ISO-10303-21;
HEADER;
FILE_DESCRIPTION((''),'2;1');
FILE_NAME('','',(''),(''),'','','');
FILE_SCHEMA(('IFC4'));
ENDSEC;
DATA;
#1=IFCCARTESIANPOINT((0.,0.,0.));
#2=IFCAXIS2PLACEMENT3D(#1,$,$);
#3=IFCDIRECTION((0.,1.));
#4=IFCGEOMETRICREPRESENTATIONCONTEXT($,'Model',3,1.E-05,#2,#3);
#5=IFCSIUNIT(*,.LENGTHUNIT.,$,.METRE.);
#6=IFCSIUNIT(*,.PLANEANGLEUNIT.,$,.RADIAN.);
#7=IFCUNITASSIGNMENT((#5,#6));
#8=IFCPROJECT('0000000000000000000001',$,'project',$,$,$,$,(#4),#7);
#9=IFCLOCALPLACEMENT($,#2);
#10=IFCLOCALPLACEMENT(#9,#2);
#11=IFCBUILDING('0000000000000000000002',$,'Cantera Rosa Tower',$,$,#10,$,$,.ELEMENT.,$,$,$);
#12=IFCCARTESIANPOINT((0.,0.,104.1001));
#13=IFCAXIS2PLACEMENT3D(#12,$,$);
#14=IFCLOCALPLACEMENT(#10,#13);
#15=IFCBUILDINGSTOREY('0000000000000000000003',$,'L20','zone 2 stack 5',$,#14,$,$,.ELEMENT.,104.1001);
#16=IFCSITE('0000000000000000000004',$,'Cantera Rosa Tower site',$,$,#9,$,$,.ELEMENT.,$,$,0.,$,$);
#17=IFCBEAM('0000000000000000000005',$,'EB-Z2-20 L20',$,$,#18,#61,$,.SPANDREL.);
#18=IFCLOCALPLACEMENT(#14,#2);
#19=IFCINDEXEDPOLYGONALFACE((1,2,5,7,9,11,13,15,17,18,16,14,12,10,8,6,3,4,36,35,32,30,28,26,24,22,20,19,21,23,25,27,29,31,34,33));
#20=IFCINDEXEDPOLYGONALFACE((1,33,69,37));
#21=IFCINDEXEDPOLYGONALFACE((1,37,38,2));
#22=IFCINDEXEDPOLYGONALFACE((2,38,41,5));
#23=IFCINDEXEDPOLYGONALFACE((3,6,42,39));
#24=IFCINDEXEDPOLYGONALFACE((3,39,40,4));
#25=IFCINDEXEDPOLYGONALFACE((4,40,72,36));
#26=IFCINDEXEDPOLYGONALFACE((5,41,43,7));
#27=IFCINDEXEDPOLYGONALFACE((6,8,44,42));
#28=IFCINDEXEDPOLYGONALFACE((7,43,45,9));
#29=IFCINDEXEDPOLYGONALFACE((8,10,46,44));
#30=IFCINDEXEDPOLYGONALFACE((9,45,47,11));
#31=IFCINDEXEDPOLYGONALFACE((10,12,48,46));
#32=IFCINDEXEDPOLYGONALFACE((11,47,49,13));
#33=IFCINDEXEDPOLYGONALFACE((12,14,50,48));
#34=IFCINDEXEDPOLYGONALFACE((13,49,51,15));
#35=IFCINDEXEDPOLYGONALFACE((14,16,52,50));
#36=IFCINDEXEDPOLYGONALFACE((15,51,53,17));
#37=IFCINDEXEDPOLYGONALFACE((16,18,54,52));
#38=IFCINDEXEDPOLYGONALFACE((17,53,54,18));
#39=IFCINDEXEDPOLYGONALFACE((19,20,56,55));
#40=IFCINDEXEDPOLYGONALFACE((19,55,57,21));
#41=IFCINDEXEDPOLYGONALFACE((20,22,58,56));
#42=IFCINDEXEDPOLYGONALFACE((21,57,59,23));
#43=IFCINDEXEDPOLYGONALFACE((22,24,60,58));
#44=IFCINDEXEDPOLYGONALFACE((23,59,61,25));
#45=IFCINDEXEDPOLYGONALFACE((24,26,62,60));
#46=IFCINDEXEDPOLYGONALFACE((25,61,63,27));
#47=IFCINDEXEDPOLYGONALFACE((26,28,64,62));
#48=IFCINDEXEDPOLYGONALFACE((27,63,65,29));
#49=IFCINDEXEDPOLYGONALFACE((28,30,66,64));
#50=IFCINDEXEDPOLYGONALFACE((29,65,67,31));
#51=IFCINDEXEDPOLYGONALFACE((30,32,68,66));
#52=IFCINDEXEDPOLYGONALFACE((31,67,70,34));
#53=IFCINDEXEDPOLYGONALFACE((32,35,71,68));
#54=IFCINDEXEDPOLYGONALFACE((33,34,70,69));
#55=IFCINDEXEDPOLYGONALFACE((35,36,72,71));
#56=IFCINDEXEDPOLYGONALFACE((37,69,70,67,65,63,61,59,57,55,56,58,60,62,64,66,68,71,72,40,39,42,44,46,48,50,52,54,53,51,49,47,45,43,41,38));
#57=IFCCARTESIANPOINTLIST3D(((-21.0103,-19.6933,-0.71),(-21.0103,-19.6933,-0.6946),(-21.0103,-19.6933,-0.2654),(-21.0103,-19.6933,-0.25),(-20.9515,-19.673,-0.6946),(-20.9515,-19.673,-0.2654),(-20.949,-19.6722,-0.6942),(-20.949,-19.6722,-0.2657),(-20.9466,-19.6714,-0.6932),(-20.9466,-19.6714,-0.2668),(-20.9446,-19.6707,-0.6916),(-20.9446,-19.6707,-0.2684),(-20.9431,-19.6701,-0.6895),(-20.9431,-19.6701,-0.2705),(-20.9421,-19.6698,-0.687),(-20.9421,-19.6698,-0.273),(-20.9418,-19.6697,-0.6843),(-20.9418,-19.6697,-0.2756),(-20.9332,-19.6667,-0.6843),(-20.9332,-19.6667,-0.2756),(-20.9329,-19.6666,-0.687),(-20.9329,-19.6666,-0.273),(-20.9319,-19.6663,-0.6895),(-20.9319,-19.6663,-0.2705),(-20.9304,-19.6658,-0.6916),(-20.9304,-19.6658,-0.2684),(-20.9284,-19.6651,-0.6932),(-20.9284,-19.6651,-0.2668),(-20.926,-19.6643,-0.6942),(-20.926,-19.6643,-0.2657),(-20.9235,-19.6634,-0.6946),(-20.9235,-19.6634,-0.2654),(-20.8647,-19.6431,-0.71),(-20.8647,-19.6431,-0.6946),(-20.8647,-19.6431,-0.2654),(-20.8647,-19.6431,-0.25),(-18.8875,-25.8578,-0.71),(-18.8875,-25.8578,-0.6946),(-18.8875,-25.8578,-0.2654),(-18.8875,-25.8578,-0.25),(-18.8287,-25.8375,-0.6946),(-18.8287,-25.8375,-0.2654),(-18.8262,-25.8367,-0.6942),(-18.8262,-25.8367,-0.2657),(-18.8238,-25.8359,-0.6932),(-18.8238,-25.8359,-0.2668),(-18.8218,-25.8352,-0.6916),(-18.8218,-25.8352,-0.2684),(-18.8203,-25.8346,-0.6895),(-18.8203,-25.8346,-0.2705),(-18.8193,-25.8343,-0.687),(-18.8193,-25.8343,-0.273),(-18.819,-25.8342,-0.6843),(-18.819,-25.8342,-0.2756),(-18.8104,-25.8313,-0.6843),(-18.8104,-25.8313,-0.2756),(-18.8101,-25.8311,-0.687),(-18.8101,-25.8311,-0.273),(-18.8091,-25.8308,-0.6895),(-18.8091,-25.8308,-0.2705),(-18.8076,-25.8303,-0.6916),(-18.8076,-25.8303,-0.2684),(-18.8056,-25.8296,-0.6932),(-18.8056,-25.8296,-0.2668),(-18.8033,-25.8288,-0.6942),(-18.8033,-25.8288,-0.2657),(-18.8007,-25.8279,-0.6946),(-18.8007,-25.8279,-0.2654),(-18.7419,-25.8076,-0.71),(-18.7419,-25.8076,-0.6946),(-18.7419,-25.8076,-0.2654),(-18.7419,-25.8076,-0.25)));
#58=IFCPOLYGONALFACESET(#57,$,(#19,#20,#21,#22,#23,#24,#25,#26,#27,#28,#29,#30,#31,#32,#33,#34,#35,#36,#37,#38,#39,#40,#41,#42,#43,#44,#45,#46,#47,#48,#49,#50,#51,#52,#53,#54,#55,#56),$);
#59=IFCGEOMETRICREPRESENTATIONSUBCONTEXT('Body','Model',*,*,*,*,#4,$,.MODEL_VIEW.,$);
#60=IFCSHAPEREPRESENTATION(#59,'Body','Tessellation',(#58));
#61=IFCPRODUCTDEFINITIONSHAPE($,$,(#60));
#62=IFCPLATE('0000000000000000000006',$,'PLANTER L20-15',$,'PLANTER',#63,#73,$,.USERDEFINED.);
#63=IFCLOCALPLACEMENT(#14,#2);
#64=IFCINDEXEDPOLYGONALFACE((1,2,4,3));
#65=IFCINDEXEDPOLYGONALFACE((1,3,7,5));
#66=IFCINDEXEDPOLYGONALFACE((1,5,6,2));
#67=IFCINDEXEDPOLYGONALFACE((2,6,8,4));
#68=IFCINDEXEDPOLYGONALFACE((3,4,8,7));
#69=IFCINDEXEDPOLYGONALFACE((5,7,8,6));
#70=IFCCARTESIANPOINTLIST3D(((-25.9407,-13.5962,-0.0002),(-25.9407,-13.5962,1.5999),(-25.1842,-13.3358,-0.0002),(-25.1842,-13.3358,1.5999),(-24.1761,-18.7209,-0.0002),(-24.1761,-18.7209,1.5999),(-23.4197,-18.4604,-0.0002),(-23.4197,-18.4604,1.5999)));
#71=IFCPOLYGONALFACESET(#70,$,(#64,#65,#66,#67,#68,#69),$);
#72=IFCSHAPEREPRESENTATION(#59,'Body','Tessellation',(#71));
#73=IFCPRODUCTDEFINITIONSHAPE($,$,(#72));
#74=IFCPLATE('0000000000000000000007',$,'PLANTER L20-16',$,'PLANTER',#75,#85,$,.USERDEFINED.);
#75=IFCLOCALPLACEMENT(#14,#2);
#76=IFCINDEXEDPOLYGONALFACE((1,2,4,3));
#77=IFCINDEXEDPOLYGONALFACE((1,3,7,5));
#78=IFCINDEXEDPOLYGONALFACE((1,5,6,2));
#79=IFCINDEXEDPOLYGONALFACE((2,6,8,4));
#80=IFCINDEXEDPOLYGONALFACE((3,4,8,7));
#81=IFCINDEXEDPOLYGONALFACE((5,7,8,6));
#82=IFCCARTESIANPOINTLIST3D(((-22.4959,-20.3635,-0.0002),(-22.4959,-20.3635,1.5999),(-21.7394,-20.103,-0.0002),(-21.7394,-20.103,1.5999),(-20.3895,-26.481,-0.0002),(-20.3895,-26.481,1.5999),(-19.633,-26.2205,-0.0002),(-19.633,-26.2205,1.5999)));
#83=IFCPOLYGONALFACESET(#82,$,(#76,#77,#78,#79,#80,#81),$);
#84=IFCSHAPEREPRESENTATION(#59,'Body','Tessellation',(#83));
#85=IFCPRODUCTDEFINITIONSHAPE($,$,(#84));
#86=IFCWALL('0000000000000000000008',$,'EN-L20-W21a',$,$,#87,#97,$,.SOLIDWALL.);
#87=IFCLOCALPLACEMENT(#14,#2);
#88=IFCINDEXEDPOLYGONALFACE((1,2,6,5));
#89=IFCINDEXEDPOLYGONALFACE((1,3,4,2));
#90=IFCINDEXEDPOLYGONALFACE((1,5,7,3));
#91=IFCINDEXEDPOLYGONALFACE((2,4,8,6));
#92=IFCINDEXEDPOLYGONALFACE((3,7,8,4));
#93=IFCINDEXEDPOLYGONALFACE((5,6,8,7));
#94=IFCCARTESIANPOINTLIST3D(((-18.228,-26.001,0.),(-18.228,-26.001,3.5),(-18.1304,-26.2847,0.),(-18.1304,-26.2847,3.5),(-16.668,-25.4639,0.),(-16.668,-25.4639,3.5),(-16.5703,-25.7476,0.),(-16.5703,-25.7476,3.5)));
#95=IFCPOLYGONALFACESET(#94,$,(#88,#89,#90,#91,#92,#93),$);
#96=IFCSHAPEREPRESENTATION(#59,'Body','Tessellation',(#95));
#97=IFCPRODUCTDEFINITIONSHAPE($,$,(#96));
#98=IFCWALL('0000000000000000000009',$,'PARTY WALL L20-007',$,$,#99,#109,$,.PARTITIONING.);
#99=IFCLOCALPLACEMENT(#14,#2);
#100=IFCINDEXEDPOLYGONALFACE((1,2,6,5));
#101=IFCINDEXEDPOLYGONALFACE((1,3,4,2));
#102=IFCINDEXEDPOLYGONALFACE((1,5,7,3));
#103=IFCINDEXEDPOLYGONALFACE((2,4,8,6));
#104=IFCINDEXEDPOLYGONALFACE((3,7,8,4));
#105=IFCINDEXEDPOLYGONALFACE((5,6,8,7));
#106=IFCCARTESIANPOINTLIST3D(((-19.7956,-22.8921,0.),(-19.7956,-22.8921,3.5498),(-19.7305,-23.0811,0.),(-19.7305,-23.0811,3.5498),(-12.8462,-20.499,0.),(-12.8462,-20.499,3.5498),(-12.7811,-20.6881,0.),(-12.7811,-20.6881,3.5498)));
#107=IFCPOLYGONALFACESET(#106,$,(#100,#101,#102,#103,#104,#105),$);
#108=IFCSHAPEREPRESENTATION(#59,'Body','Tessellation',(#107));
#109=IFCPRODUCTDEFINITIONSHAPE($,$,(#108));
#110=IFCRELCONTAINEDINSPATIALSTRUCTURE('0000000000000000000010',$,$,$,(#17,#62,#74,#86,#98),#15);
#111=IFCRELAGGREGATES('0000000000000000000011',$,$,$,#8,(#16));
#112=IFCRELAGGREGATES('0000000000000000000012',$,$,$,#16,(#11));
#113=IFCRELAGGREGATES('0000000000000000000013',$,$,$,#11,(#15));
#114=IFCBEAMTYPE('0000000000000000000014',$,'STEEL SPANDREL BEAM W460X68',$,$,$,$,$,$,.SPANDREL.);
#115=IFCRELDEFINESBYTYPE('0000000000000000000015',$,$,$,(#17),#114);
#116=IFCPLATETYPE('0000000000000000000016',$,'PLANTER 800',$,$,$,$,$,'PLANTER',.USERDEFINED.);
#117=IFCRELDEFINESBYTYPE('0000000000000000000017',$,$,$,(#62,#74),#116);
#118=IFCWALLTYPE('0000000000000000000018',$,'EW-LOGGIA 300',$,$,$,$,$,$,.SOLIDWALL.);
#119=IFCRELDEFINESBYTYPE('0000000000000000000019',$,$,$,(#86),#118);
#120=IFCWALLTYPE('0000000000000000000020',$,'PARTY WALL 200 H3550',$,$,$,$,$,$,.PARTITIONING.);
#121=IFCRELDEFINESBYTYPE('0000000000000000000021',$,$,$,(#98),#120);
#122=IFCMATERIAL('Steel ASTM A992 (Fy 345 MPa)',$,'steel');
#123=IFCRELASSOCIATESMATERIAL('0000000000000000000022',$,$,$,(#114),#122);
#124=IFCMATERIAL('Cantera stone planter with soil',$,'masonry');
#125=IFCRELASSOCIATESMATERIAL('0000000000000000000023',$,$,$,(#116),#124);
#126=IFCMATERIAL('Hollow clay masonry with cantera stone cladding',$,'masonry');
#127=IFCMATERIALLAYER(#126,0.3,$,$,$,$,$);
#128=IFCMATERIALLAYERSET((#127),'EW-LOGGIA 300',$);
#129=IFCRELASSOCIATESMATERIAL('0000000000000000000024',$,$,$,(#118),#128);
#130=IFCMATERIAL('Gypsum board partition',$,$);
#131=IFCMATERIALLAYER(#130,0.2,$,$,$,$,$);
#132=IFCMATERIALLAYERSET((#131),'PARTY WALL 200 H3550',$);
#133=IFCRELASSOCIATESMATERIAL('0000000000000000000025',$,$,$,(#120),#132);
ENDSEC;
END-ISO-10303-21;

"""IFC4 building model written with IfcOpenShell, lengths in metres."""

from ifc_helpers import new_model, si_unit, direction, frame, frame_2d, origin, origin_2d, place, context, subcontext, project, spatial, rectangle, i_section, extrude, material, layer, layer_set, material_profile, profile_set, type_object, element, save


model = new_model("IFC4")

# Units and contexts
model_context = context("Model", 3, precision=1e-05, world=origin(), true_north=direction((0.0, 1.0)))
body_context = subcontext(model_context, "Body", "Model", "MODEL_VIEW")
ifc_project = project(units=[si_unit("LENGTHUNIT", "METRE"), si_unit("PLANEANGLEUNIT", "RADIAN")], contexts=[model_context])

# Site, building, storey
site_placement = place(None, origin())
site = spatial("IfcSite", under=ifc_project, at=site_placement, Name="Cantera Rosa Tower site", CompositionType="ELEMENT", RefElevation=0.0)
building_placement = place(site_placement, origin())
building = spatial("IfcBuilding", under=site, at=building_placement, Name="Cantera Rosa Tower", CompositionType="ELEMENT")
storey_placement = place(building_placement, frame((0.0, 0.0, 104.1001)))
storey = spatial("IfcBuildingStorey", under=building, at=storey_placement, Name="L20", Description="zone 2 stack 5", CompositionType="ELEMENT", Elevation=104.1001)

# Beam
ifc_material_1 = material(Name="Steel ASTM A992 (Fy 345 MPa)", Category="steel")
ifc_material_profile_1 = material_profile(ifc_material_1, i_section(OverallWidth=0.1541, OverallDepth=0.46, WebThickness=0.009, FlangeThickness=0.0154, FilletRadius=0.0103, at=origin_2d()), Name="W460X68")
ifc_profile_set_1 = profile_set([ifc_material_profile_1], Name="Steel ASTM A992 (Fy 345 MPa)")
beam_type_1 = type_object("IfcBeamType", Name="STEEL SPANDREL BEAM W460X68", PredefinedType="SPANDREL", material=ifc_profile_set_1)
beam_1_placement = place(storey_placement, frame((-20.9375, -19.6682, -0.48), z_axis=(0.325593, -0.94551, 0.0), x_axis=(0.94551, 0.325593, 0.0)))
element("IfcBeam", 1, at=beam_1_placement, inside=storey, type_object=beam_type_1, Name="EB-Z2-20 L20", PredefinedType="SPANDREL", context=body_context, shape_type="SweptSolid", body=[
    extrude(i_section(OverallWidth=0.1541, OverallDepth=0.46, WebThickness=0.009, FlangeThickness=0.0154, FilletRadius=0.0103, at=origin_2d()), origin(), (0.0, 0.0, 1.0), 6.5198),
])

# Plates
ifc_material_2 = material(Name="Cantera stone planter with soil", Category="masonry")
plate_type = type_object("IfcPlateType", Name="PLANTER 800", ElementType="PLANTER", PredefinedType="USERDEFINED", material=ifc_material_2)
plate_1_placement = place(storey_placement, frame((-24.6802, -16.0283, -0.0002), z_axis=(0.0, 0.0, 1.0), x_axis=(0.325568, -0.945519, 0.0)))
element("IfcPlate", 2, at=plate_1_placement, inside=storey, type_object=plate_type, Name="PLANTER L20-15", ObjectType="PLANTER", PredefinedType="USERDEFINED", context=body_context, shape_type="SweptSolid", body=[
    extrude(rectangle(XDim=5.4199, YDim=0.8, at=origin_2d()), origin(), (0.0, 0.0, 1.0), 1.6001),
])
plate_2_placement = place(storey_placement, frame((-21.0645, -23.292, -0.0002), z_axis=(0.0, 0.0, 1.0), x_axis=(0.325568, -0.945519, 0.0)))
element("IfcPlate", 3, at=plate_2_placement, inside=storey, type_object=plate_type, Name="PLANTER L20-16", ObjectType="PLANTER", PredefinedType="USERDEFINED", context=body_context, shape_type="SweptSolid", body=[
    extrude(rectangle(XDim=6.47, YDim=0.8, at=origin_2d()), origin(), (0.0, 0.0, 1.0), 1.6001),
])

# Wall
ifc_material_3 = material(Name="Hollow clay masonry with cantera stone cladding", Category="masonry")
ifc_layer_1 = layer(ifc_material_3, 0.3)
ifc_layer_set_1 = layer_set([ifc_layer_1], Name="EW-LOGGIA 300")
wall_type_1 = type_object("IfcWallType", Name="EW-LOGGIA 300", PredefinedType="SOLIDWALL", material=ifc_layer_set_1)
wall_1_placement = place(storey_placement, frame((-18.1792, -26.1428, 0.0), z_axis=(0.0, 0.0, 1.0), x_axis=(0.94553, 0.325535, 0.0)))
element("IfcWall", 4, at=wall_1_placement, inside=storey, type_object=wall_type_1, Name="EN-L20-W21a", PredefinedType="SOLIDWALL", context=body_context, shape_type="SweptSolid", body=[
    extrude(rectangle(XDim=1.6499, YDim=0.3, at=frame_2d((0.825, 0.0))), origin(), (0.0, 0.0, 1.0), 3.5),
])

# Wall
ifc_material_4 = material(Name="Gypsum board partition")
ifc_layer_2 = layer(ifc_material_4, 0.2)
ifc_layer_set_2 = layer_set([ifc_layer_2], Name="PARTY WALL 200 H3550")
wall_type_2 = type_object("IfcWallType", Name="PARTY WALL 200 H3550", PredefinedType="PARTITIONING", material=ifc_layer_set_2)
wall_2_placement = place(storey_placement, frame((-19.7629, -22.9866, 0.0), z_axis=(0.0, 0.0, 1.0), x_axis=(0.945511, 0.325589, 0.0)))
element("IfcWall", 5, at=wall_2_placement, inside=storey, type_object=wall_type_2, Name="PARTY WALL L20-007", PredefinedType="PARTITIONING", context=body_context, shape_type="SweptSolid", body=[
    extrude(rectangle(XDim=7.3499, YDim=0.2, at=frame_2d((3.6748, 0.0))), origin(), (0.0, 0.0, 1.0), 3.5498),
])

save(model, "model.ifc")
